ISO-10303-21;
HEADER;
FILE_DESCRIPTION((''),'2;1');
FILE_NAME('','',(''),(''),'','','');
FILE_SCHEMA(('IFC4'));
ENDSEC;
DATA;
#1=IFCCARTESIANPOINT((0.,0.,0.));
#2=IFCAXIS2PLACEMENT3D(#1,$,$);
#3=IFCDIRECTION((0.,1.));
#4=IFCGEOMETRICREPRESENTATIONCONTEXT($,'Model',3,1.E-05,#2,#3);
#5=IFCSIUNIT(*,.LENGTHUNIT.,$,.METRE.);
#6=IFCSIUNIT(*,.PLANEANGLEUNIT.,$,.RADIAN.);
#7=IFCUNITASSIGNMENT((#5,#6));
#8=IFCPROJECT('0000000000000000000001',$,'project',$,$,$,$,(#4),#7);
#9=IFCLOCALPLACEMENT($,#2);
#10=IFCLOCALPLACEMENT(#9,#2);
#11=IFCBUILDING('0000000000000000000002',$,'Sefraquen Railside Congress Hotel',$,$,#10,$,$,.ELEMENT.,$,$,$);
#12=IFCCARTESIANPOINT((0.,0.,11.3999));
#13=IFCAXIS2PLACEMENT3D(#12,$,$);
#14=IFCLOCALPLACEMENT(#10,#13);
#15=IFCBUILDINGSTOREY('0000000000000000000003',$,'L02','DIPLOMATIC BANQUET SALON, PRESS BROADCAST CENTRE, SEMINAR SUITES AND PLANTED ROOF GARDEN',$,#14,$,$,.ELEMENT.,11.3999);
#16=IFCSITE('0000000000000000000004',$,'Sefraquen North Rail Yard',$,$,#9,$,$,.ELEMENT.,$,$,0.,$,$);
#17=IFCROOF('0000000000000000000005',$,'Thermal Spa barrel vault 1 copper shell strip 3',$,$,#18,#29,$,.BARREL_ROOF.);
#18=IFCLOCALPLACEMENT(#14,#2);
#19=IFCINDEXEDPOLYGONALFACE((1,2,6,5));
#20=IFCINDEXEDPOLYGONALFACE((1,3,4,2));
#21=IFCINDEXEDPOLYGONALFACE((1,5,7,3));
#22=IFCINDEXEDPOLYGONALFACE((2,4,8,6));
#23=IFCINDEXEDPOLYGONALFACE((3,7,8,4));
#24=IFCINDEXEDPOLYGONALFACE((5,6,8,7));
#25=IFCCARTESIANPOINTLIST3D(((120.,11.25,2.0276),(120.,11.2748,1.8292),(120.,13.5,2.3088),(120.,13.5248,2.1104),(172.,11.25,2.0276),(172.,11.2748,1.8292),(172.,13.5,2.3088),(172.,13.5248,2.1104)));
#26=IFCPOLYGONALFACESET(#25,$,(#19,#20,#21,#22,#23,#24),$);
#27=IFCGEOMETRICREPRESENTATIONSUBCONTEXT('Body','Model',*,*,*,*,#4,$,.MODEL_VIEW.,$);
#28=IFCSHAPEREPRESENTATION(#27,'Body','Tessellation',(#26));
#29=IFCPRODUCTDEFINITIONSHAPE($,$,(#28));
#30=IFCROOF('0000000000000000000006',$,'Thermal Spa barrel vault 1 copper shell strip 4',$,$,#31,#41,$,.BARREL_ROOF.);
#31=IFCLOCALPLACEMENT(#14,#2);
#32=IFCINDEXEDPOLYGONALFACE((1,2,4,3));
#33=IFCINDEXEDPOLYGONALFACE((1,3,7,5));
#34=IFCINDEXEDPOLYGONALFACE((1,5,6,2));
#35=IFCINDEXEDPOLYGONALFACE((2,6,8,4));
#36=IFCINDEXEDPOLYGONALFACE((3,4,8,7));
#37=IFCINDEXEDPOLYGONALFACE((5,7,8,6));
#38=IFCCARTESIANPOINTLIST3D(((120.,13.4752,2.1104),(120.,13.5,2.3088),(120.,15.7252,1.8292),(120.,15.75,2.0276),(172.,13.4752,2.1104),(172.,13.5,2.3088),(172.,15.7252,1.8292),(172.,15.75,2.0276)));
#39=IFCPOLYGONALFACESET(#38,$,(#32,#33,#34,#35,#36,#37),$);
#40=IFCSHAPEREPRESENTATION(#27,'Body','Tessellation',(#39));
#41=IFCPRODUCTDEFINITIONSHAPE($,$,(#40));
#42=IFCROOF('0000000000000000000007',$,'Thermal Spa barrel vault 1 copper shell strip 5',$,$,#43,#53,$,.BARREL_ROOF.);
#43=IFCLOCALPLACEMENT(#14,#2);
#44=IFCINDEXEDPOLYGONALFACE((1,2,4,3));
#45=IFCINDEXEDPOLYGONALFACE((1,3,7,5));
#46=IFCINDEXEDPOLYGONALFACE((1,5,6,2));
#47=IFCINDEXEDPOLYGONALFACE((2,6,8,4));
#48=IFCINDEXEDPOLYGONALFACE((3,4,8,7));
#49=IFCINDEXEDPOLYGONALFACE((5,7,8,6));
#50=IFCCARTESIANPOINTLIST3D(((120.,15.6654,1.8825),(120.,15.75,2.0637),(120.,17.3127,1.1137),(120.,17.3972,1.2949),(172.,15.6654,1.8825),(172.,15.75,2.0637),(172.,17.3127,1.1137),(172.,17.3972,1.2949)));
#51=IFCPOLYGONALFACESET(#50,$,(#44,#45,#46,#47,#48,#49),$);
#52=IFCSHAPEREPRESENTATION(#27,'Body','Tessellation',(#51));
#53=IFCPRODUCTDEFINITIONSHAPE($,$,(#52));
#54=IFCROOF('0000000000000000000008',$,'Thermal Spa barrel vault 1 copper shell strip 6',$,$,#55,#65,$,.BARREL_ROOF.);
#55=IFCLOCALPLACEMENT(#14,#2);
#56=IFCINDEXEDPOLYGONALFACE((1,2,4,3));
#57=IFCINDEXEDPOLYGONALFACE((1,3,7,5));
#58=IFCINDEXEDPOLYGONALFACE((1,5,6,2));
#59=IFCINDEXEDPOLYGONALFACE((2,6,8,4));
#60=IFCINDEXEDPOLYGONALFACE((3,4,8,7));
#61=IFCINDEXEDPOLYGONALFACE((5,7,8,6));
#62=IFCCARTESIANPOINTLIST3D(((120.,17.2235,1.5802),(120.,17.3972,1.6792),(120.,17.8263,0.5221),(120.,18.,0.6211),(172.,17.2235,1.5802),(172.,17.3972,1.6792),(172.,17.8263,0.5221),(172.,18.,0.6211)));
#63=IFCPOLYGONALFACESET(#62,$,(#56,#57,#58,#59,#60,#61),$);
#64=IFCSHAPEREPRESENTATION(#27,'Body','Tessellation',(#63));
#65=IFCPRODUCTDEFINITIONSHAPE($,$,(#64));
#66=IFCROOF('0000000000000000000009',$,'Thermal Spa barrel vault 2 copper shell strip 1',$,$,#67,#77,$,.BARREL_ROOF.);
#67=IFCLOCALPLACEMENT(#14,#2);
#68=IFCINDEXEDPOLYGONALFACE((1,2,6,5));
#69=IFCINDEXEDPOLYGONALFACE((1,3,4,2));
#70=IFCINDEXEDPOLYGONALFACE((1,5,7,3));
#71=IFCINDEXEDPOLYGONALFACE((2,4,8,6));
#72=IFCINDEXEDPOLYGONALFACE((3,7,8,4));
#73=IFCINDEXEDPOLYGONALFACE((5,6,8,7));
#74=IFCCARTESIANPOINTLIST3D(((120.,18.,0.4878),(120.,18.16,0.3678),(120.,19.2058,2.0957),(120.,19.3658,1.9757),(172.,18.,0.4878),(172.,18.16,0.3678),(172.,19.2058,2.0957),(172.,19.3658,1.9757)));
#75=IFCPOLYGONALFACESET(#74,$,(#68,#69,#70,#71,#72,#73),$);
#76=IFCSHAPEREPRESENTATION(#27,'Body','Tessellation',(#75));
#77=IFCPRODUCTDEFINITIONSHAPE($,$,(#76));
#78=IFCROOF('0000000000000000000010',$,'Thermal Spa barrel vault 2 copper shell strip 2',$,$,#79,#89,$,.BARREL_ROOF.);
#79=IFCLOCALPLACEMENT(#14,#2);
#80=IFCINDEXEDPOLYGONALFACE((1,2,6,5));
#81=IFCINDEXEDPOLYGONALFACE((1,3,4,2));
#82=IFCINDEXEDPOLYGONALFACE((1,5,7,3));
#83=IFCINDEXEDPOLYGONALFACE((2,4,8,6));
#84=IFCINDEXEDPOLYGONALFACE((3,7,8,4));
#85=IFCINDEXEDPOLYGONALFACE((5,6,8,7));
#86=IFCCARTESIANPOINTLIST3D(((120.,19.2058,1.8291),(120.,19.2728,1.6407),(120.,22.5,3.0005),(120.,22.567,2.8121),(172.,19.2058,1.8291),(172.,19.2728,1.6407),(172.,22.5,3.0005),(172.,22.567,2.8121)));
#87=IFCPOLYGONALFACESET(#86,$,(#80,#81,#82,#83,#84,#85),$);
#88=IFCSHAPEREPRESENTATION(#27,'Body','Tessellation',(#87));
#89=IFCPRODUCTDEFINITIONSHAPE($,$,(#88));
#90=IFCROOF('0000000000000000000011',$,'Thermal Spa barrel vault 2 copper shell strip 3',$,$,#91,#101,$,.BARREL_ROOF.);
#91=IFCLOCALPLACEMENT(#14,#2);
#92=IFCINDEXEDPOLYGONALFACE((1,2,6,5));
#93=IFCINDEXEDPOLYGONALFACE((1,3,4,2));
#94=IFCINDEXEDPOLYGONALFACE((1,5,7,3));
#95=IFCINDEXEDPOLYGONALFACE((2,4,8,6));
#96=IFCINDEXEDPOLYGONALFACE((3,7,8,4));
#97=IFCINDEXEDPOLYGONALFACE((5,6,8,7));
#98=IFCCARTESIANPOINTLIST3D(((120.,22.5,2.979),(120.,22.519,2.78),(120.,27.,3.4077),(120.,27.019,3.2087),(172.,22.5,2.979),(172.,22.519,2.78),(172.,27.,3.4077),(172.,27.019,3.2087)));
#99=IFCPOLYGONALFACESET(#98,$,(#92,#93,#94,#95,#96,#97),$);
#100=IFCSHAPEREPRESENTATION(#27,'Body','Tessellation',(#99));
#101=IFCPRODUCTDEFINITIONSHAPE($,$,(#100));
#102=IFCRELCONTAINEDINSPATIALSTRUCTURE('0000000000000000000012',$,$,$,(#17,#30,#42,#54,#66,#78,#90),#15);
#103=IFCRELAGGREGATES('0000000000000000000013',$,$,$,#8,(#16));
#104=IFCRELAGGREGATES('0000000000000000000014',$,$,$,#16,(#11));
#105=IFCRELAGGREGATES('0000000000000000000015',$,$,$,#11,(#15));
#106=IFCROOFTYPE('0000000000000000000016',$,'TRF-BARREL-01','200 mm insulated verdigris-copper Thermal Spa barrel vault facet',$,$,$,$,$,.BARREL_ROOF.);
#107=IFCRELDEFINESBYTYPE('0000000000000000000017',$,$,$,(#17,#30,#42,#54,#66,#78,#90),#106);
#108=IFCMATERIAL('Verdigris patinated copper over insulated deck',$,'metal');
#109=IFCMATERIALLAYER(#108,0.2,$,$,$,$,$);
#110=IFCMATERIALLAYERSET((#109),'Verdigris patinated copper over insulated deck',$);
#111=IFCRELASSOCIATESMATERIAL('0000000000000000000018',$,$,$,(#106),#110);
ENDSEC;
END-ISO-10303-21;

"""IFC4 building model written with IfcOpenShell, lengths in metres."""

from ifc_helpers import new_model, si_unit, direction, frame, origin, place, context, subcontext, project, spatial, polyline, outline, extrude, material, layer, layer_set, type_object, element, save


model = new_model("IFC4")

# Units and contexts
model_context = context("Model", 3, precision=1e-05, world=origin(), true_north=direction((0.0, 1.0)))
body_context = subcontext(model_context, "Body", "Model", "MODEL_VIEW")
ifc_project = project(units=[si_unit("LENGTHUNIT", "METRE"), si_unit("PLANEANGLEUNIT", "RADIAN")], contexts=[model_context])

# Site, building, storey
site_placement = place(None, origin())
site = spatial("IfcSite", under=ifc_project, at=site_placement, Name="Sefraquen North Rail Yard", CompositionType="ELEMENT", RefElevation=0.0)
building_placement = place(site_placement, origin())
building = spatial("IfcBuilding", under=site, at=building_placement, Name="Sefraquen Railside Congress Hotel", CompositionType="ELEMENT")
storey_placement = place(building_placement, frame((0.0, 0.0, 11.3999)))
storey = spatial("IfcBuildingStorey", under=building, at=storey_placement, Name="L02", Description="DIPLOMATIC BANQUET SALON, PRESS BROADCAST CENTRE, SEMINAR SUITES AND PLANTED ROOF GARDEN", CompositionType="ELEMENT", Elevation=11.3999)

# Roofs
ifc_material_1 = material(Name="Verdigris patinated copper over insulated deck", Category="metal")
ifc_layer_1 = layer(ifc_material_1, 0.2)
ifc_layer_set_1 = layer_set([ifc_layer_1], Name="Verdigris patinated copper over insulated deck")
roof_type = type_object("IfcRoofType", Name="TRF-BARREL-01", Description="200 mm insulated verdigris-copper Thermal Spa barrel vault facet", PredefinedType="BARREL_ROOF", material=ifc_layer_set_1)
for number, where, z_axis, x_axis, name in (
    (1, (120.0, 11.25, 2.0276), (0.0, -0.124035, 0.992278), (1.0, 0.0, 0.0), "Thermal Spa barrel vault 1 copper shell strip 3"),
    (2, (120.0, 13.5, 2.3088), (0.0, 0.124035, 0.992278), (1.0, 0.0, 0.0), "Thermal Spa barrel vault 1 copper shell strip 4"),
):
    element("IfcRoof", number, at=place(storey_placement, frame(where, z_axis=z_axis, x_axis=x_axis)), inside=storey, type_object=roof_type, Name=name, PredefinedType="BARREL_ROOF", context=body_context, shape_type="SweptSolid", body=[
        extrude(outline(polyline([(0.0, 0.0), (52.0, 0.0), (52.0, 2.2675), (0.0, 2.2675), (0.0, 0.0)])), origin(), (0.0, 0.0, -1.0), 0.2),
    ])
roof_1_placement = place(storey_placement, frame((120.0, 15.75, 2.0637), z_axis=(0.0, 0.42293, 0.906163), x_axis=(1.0, 0.0, 0.0)))
element("IfcRoof", 3, at=roof_1_placement, inside=storey, type_object=roof_type, Name="Thermal Spa barrel vault 1 copper shell strip 5", PredefinedType="BARREL_ROOF", context=body_context, shape_type="SweptSolid", body=[
    extrude(outline(polyline([(0.0, 0.0), (52.0, 0.0), (52.0, 1.8178), (0.0, 1.8178), (0.0, 0.0)])), origin(), (0.0, 0.0, -1.0), 0.2),
])
roof_2_placement = place(storey_placement, frame((120.0, 17.3972, 1.6792), z_axis=(0.0, 0.868896, 0.494994), x_axis=(1.0, 0.0, 0.0)))
element("IfcRoof", 4, at=roof_2_placement, inside=storey, type_object=roof_type, Name="Thermal Spa barrel vault 1 copper shell strip 6", PredefinedType="BARREL_ROOF", context=body_context, shape_type="SweptSolid", body=[
    extrude(outline(polyline([(0.0, 0.0), (52.0, 0.0), (52.0, 1.2178), (0.0, 1.2178), (0.0, 0.0)])), origin(), (0.0, 0.0, -1.0), 0.2),
])
roof_3_placement = place(storey_placement, frame((120.0, 18.0, 0.4878), z_axis=(0.0, -0.800029, 0.599961), x_axis=(1.0, 0.0, 0.0)))
element("IfcRoof", 5, at=roof_3_placement, inside=storey, type_object=roof_type, Name="Thermal Spa barrel vault 2 copper shell strip 1", PredefinedType="BARREL_ROOF", context=body_context, shape_type="SweptSolid", body=[
    extrude(outline(polyline([(0.0, 0.0), (52.0, 0.0), (52.0, 2.0098), (0.0, 2.0098), (0.0, 0.0)])), origin(), (0.0, 0.0, -1.0), 0.2),
])
roof_4_placement = place(storey_placement, frame((120.0, 19.2058, 1.8291), z_axis=(0.0, -0.33504, 0.942204), x_axis=(1.0, 0.0, 0.0)))
element("IfcRoof", 6, at=roof_4_placement, inside=storey, type_object=roof_type, Name="Thermal Spa barrel vault 2 copper shell strip 2", PredefinedType="BARREL_ROOF", context=body_context, shape_type="SweptSolid", body=[
    extrude(outline(polyline([(0.0, 0.0), (52.0, 0.0), (52.0, 3.4963), (0.0, 3.4963), (0.0, 0.0)])), origin(), (0.0, 0.0, -1.0), 0.2),
])
roof_5_placement = place(storey_placement, frame((120.0, 22.5, 2.979), z_axis=(0.0, -0.09484, 0.995493), x_axis=(1.0, 0.0, 0.0)))
element("IfcRoof", 7, at=roof_5_placement, inside=storey, type_object=roof_type, Name="Thermal Spa barrel vault 2 copper shell strip 3", PredefinedType="BARREL_ROOF", context=body_context, shape_type="SweptSolid", body=[
    extrude(outline(polyline([(0.0, 0.0), (52.0, 0.0), (52.0, 4.5204), (0.0, 4.5204), (0.0, 0.0)])), origin(), (0.0, 0.0, -1.0), 0.2),
])

save(model, "model.ifc")
